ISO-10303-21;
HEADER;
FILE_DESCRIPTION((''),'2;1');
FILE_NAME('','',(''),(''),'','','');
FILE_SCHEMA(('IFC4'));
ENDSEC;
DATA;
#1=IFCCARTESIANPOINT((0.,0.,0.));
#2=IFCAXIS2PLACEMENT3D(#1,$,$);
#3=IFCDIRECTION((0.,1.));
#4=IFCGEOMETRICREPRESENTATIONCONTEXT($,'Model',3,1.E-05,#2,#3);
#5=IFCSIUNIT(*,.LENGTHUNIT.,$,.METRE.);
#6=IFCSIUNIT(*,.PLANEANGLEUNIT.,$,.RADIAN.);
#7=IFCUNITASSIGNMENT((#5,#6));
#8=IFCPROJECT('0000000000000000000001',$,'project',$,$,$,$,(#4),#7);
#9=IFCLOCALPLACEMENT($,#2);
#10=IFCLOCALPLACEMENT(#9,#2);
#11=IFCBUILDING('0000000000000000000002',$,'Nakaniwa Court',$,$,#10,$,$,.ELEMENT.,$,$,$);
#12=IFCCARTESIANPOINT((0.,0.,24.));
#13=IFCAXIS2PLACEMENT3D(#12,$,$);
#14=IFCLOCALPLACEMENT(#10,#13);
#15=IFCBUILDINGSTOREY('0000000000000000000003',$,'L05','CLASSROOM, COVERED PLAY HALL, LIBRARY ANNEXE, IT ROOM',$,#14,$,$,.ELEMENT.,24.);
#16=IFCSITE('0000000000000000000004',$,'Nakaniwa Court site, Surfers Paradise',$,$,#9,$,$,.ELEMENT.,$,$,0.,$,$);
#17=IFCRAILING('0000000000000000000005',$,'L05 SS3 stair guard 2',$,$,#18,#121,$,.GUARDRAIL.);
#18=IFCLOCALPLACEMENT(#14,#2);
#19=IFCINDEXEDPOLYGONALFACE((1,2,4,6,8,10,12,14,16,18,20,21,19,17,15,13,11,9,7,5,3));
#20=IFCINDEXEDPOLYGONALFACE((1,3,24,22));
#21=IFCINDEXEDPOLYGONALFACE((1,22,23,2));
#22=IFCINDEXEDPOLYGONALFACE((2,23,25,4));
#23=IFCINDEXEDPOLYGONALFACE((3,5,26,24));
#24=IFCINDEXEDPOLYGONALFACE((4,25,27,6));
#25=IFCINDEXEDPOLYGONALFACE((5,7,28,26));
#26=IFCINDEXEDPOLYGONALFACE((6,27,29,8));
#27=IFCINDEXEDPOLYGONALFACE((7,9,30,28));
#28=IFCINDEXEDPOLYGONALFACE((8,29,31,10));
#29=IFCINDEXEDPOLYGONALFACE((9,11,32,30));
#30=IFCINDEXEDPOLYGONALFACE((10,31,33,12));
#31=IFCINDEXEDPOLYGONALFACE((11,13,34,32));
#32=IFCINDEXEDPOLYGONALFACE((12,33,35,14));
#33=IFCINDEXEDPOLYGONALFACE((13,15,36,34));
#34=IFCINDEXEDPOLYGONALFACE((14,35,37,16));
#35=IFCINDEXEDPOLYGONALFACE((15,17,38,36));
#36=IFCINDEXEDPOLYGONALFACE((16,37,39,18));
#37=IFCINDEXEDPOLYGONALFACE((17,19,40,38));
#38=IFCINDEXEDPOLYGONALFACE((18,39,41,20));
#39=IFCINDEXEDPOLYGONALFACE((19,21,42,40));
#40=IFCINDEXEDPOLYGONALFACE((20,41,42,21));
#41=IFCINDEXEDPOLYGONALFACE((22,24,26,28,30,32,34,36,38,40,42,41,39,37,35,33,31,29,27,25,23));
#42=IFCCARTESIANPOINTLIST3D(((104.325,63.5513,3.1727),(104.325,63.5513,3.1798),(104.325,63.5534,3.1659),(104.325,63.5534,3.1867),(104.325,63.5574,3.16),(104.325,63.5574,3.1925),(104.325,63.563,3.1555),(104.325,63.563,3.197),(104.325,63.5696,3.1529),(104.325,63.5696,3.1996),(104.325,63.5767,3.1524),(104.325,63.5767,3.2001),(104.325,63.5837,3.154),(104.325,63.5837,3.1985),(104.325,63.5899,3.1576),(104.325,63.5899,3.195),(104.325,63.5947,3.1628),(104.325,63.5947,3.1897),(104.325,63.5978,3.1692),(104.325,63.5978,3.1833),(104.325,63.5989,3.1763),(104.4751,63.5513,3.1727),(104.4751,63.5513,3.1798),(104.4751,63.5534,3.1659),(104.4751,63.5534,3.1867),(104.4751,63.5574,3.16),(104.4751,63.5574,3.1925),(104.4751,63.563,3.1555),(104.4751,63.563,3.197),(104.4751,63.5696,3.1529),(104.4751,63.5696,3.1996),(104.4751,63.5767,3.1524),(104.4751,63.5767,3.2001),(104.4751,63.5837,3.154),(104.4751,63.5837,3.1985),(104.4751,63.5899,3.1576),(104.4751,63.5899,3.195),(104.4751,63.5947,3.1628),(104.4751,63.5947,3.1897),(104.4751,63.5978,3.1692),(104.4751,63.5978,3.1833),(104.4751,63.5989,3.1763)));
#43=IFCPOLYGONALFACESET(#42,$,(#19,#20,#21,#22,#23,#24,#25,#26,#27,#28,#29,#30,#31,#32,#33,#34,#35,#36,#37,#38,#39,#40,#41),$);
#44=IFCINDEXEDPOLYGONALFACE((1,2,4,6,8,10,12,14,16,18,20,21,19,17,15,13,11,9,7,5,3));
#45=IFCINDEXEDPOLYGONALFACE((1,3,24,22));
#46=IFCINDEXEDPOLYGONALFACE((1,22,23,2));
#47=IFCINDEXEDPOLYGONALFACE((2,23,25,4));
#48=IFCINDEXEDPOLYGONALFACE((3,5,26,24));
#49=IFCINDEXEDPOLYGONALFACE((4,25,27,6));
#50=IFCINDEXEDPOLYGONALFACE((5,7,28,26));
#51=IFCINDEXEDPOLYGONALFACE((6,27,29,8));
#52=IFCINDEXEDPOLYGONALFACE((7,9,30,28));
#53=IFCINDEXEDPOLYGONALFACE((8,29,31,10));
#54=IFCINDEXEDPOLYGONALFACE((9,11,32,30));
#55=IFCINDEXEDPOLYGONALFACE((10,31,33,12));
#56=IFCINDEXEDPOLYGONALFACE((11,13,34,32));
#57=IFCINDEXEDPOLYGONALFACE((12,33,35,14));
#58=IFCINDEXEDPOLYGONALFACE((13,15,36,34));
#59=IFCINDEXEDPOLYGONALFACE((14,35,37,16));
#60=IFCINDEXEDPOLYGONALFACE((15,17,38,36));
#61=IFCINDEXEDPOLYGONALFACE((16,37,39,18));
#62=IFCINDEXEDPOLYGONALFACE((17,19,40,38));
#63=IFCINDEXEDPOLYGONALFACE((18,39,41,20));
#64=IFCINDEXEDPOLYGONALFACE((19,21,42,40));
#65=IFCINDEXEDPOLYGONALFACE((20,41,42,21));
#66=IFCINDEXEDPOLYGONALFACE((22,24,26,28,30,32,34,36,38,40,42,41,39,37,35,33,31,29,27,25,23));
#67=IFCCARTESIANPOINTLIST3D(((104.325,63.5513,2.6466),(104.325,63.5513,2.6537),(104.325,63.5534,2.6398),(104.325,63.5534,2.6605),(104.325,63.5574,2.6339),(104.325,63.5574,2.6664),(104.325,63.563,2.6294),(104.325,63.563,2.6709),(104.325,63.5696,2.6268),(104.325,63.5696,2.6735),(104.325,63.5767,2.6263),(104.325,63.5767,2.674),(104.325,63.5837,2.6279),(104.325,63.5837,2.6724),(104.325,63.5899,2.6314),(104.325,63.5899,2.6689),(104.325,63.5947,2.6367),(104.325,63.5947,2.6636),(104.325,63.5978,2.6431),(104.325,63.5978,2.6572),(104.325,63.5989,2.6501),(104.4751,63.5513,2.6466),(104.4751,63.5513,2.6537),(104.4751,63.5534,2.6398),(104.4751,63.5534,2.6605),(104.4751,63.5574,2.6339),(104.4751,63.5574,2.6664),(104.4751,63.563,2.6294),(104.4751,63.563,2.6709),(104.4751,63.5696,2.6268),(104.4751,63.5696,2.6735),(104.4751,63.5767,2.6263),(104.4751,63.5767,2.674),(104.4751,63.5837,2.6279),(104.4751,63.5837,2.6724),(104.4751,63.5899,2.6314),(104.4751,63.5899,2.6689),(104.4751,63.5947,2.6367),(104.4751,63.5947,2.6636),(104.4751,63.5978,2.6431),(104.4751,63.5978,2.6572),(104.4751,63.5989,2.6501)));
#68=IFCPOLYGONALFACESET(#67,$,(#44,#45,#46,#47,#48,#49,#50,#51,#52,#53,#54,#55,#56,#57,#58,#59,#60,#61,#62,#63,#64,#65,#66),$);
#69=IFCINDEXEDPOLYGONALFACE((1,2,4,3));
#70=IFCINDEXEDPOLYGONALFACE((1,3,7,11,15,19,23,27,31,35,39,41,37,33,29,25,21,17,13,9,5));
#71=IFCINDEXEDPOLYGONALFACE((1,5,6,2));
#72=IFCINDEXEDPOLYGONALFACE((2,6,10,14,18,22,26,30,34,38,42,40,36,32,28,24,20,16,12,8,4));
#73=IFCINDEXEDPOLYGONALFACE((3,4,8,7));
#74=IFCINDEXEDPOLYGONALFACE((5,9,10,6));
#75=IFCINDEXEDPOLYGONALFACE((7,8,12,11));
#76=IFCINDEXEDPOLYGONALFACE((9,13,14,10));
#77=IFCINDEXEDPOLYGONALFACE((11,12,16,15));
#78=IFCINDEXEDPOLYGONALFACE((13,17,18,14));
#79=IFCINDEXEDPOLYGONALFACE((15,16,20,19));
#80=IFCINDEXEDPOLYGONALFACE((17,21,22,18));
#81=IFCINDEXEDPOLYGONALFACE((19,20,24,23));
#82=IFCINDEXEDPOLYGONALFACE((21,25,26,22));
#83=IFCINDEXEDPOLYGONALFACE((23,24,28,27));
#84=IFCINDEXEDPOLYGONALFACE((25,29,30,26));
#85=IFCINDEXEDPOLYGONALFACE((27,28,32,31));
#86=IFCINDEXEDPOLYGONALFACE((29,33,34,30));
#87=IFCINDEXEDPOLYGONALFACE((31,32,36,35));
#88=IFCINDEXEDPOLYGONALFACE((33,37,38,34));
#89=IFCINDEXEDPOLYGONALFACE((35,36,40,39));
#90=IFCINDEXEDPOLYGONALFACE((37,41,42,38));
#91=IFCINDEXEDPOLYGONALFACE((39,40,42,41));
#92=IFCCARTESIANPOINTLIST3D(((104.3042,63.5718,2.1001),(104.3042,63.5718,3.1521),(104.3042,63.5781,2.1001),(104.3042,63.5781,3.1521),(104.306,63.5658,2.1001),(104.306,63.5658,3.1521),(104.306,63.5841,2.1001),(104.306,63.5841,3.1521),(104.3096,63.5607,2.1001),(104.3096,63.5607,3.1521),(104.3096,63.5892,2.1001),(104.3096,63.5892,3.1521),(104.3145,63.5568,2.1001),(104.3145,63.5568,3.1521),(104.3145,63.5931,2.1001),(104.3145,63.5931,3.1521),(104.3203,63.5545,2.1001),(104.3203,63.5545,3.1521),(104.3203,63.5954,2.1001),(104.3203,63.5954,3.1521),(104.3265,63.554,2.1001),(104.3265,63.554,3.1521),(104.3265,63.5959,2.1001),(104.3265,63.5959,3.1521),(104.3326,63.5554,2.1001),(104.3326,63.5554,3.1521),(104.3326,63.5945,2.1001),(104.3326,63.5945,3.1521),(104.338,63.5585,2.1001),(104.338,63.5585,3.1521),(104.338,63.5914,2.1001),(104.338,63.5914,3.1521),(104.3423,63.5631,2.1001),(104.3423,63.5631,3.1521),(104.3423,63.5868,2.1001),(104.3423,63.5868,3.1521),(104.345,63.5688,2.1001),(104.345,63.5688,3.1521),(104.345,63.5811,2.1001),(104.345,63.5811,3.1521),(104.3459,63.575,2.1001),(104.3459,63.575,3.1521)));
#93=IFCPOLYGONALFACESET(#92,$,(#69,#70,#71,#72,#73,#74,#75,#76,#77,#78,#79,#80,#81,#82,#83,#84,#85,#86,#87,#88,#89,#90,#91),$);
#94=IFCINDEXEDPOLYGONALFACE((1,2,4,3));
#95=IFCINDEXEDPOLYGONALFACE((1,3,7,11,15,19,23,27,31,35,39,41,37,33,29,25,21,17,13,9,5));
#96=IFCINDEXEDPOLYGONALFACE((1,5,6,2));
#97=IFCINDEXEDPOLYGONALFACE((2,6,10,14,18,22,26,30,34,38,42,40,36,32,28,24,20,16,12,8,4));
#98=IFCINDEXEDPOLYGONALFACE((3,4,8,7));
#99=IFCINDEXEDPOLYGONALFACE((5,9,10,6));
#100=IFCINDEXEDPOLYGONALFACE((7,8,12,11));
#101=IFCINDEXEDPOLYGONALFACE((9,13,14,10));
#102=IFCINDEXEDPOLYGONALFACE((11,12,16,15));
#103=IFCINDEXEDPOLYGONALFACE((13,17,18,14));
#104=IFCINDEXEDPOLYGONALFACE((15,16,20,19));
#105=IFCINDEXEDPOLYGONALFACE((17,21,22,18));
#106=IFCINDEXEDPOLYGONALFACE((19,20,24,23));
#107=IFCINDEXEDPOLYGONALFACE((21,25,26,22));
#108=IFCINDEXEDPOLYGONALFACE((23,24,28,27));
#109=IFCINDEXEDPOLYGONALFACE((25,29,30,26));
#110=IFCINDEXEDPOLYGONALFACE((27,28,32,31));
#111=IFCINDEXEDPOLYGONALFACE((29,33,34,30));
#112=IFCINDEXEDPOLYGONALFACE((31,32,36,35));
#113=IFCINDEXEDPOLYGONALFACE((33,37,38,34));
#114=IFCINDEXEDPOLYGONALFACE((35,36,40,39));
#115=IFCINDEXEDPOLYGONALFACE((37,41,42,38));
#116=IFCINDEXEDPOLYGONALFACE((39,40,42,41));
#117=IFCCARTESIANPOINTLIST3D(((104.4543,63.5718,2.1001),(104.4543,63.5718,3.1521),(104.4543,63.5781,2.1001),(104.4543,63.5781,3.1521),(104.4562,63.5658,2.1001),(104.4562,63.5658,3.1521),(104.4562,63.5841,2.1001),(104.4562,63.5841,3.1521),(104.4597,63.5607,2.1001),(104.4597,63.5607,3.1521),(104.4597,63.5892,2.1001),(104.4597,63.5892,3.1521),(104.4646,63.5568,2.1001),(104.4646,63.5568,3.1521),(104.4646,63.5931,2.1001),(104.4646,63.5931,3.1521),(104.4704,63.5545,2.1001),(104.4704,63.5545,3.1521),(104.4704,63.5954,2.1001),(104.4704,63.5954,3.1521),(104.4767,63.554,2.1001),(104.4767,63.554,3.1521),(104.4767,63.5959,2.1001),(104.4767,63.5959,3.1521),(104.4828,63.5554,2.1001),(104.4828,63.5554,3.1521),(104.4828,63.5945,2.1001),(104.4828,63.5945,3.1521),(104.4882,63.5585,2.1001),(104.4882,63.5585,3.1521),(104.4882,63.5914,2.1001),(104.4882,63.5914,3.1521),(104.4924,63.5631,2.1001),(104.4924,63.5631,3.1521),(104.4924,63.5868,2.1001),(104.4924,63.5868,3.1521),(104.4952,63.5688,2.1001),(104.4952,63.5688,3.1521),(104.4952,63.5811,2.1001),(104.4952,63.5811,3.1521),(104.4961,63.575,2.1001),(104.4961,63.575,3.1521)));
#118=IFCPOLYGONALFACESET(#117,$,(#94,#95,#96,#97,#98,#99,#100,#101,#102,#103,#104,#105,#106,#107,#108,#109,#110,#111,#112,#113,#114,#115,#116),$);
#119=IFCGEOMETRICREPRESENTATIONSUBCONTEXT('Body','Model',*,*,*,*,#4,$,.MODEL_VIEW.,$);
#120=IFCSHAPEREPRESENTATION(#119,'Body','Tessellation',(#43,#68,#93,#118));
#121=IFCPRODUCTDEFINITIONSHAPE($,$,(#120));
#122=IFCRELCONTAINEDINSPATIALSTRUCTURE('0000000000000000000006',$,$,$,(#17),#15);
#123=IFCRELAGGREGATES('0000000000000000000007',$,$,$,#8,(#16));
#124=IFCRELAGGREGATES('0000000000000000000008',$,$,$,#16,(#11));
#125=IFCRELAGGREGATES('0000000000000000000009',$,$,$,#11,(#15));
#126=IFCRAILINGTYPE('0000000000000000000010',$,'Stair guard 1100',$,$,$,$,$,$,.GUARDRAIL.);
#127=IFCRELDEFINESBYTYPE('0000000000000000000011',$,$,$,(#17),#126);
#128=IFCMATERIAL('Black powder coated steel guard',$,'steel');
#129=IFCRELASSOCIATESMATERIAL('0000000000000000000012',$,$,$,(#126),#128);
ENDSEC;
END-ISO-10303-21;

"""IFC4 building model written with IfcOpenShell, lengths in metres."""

from ifc_helpers import new_model, si_unit, direction, frame, origin, origin_2d, place, context, subcontext, project, spatial, circle, extrude, material, type_object, element, save


model = new_model("IFC4")

# Units and contexts
model_context = context("Model", 3, precision=1e-05, world=origin(), true_north=direction((0.0, 1.0)))
body_context = subcontext(model_context, "Body", "Model", "MODEL_VIEW")
ifc_project = project(units=[si_unit("LENGTHUNIT", "METRE"), si_unit("PLANEANGLEUNIT", "RADIAN")], contexts=[model_context])

# Site, building, storey
site_placement = place(None, origin())
site = spatial("IfcSite", under=ifc_project, at=site_placement, Name="Nakaniwa Court site, Surfers Paradise", CompositionType="ELEMENT", RefElevation=0.0)
building_placement = place(site_placement, origin())
building = spatial("IfcBuilding", under=site, at=building_placement, Name="Nakaniwa Court", CompositionType="ELEMENT")
storey_placement = place(building_placement, frame((0.0, 0.0, 24.0)))
storey = spatial("IfcBuildingStorey", under=building, at=storey_placement, Name="L05", Description="CLASSROOM, COVERED PLAY HALL, LIBRARY ANNEXE, IT ROOM", CompositionType="ELEMENT", Elevation=24.0)

# Railing
ifc_material_1 = material(Name="Black powder coated steel guard", Category="steel")
railing_type_1 = type_object("IfcRailingType", Name="Stair guard 1100", PredefinedType="GUARDRAIL", material=ifc_material_1)
railing_1_placement = place(storey_placement, frame((104.325, 63.575, 2.1001)))
element("IfcRailing", 1, at=railing_1_placement, inside=storey, type_object=railing_type_1, Name="L05 SS3 stair guard 2", PredefinedType="GUARDRAIL", context=body_context, shape_type="SweptSolid", body=[
    extrude(circle(Radius=0.0239, at=origin_2d()), frame((0.0, 0.0, 1.0762), z_axis=(1.0, 0.0, 0.0), x_axis=(0.0, 1.0, 0.0)), (0.0, 0.0, 1.0), 0.1501),
    extrude(circle(Radius=0.0239, at=origin_2d()), frame((0.0, 0.0, 0.55), z_axis=(1.0, 0.0, 0.0), x_axis=(0.0, 1.0, 0.0)), (0.0, 0.0, 1.0), 0.1501),
    extrude(circle(Radius=0.021, at=origin_2d()), origin(), (0.0, 0.0, 1.0), 1.052),
    extrude(circle(Radius=0.021, at=origin_2d()), frame((0.1501, 0.0, 0.0)), (0.0, 0.0, 1.0), 1.052),
])

save(model, "model.ifc")
